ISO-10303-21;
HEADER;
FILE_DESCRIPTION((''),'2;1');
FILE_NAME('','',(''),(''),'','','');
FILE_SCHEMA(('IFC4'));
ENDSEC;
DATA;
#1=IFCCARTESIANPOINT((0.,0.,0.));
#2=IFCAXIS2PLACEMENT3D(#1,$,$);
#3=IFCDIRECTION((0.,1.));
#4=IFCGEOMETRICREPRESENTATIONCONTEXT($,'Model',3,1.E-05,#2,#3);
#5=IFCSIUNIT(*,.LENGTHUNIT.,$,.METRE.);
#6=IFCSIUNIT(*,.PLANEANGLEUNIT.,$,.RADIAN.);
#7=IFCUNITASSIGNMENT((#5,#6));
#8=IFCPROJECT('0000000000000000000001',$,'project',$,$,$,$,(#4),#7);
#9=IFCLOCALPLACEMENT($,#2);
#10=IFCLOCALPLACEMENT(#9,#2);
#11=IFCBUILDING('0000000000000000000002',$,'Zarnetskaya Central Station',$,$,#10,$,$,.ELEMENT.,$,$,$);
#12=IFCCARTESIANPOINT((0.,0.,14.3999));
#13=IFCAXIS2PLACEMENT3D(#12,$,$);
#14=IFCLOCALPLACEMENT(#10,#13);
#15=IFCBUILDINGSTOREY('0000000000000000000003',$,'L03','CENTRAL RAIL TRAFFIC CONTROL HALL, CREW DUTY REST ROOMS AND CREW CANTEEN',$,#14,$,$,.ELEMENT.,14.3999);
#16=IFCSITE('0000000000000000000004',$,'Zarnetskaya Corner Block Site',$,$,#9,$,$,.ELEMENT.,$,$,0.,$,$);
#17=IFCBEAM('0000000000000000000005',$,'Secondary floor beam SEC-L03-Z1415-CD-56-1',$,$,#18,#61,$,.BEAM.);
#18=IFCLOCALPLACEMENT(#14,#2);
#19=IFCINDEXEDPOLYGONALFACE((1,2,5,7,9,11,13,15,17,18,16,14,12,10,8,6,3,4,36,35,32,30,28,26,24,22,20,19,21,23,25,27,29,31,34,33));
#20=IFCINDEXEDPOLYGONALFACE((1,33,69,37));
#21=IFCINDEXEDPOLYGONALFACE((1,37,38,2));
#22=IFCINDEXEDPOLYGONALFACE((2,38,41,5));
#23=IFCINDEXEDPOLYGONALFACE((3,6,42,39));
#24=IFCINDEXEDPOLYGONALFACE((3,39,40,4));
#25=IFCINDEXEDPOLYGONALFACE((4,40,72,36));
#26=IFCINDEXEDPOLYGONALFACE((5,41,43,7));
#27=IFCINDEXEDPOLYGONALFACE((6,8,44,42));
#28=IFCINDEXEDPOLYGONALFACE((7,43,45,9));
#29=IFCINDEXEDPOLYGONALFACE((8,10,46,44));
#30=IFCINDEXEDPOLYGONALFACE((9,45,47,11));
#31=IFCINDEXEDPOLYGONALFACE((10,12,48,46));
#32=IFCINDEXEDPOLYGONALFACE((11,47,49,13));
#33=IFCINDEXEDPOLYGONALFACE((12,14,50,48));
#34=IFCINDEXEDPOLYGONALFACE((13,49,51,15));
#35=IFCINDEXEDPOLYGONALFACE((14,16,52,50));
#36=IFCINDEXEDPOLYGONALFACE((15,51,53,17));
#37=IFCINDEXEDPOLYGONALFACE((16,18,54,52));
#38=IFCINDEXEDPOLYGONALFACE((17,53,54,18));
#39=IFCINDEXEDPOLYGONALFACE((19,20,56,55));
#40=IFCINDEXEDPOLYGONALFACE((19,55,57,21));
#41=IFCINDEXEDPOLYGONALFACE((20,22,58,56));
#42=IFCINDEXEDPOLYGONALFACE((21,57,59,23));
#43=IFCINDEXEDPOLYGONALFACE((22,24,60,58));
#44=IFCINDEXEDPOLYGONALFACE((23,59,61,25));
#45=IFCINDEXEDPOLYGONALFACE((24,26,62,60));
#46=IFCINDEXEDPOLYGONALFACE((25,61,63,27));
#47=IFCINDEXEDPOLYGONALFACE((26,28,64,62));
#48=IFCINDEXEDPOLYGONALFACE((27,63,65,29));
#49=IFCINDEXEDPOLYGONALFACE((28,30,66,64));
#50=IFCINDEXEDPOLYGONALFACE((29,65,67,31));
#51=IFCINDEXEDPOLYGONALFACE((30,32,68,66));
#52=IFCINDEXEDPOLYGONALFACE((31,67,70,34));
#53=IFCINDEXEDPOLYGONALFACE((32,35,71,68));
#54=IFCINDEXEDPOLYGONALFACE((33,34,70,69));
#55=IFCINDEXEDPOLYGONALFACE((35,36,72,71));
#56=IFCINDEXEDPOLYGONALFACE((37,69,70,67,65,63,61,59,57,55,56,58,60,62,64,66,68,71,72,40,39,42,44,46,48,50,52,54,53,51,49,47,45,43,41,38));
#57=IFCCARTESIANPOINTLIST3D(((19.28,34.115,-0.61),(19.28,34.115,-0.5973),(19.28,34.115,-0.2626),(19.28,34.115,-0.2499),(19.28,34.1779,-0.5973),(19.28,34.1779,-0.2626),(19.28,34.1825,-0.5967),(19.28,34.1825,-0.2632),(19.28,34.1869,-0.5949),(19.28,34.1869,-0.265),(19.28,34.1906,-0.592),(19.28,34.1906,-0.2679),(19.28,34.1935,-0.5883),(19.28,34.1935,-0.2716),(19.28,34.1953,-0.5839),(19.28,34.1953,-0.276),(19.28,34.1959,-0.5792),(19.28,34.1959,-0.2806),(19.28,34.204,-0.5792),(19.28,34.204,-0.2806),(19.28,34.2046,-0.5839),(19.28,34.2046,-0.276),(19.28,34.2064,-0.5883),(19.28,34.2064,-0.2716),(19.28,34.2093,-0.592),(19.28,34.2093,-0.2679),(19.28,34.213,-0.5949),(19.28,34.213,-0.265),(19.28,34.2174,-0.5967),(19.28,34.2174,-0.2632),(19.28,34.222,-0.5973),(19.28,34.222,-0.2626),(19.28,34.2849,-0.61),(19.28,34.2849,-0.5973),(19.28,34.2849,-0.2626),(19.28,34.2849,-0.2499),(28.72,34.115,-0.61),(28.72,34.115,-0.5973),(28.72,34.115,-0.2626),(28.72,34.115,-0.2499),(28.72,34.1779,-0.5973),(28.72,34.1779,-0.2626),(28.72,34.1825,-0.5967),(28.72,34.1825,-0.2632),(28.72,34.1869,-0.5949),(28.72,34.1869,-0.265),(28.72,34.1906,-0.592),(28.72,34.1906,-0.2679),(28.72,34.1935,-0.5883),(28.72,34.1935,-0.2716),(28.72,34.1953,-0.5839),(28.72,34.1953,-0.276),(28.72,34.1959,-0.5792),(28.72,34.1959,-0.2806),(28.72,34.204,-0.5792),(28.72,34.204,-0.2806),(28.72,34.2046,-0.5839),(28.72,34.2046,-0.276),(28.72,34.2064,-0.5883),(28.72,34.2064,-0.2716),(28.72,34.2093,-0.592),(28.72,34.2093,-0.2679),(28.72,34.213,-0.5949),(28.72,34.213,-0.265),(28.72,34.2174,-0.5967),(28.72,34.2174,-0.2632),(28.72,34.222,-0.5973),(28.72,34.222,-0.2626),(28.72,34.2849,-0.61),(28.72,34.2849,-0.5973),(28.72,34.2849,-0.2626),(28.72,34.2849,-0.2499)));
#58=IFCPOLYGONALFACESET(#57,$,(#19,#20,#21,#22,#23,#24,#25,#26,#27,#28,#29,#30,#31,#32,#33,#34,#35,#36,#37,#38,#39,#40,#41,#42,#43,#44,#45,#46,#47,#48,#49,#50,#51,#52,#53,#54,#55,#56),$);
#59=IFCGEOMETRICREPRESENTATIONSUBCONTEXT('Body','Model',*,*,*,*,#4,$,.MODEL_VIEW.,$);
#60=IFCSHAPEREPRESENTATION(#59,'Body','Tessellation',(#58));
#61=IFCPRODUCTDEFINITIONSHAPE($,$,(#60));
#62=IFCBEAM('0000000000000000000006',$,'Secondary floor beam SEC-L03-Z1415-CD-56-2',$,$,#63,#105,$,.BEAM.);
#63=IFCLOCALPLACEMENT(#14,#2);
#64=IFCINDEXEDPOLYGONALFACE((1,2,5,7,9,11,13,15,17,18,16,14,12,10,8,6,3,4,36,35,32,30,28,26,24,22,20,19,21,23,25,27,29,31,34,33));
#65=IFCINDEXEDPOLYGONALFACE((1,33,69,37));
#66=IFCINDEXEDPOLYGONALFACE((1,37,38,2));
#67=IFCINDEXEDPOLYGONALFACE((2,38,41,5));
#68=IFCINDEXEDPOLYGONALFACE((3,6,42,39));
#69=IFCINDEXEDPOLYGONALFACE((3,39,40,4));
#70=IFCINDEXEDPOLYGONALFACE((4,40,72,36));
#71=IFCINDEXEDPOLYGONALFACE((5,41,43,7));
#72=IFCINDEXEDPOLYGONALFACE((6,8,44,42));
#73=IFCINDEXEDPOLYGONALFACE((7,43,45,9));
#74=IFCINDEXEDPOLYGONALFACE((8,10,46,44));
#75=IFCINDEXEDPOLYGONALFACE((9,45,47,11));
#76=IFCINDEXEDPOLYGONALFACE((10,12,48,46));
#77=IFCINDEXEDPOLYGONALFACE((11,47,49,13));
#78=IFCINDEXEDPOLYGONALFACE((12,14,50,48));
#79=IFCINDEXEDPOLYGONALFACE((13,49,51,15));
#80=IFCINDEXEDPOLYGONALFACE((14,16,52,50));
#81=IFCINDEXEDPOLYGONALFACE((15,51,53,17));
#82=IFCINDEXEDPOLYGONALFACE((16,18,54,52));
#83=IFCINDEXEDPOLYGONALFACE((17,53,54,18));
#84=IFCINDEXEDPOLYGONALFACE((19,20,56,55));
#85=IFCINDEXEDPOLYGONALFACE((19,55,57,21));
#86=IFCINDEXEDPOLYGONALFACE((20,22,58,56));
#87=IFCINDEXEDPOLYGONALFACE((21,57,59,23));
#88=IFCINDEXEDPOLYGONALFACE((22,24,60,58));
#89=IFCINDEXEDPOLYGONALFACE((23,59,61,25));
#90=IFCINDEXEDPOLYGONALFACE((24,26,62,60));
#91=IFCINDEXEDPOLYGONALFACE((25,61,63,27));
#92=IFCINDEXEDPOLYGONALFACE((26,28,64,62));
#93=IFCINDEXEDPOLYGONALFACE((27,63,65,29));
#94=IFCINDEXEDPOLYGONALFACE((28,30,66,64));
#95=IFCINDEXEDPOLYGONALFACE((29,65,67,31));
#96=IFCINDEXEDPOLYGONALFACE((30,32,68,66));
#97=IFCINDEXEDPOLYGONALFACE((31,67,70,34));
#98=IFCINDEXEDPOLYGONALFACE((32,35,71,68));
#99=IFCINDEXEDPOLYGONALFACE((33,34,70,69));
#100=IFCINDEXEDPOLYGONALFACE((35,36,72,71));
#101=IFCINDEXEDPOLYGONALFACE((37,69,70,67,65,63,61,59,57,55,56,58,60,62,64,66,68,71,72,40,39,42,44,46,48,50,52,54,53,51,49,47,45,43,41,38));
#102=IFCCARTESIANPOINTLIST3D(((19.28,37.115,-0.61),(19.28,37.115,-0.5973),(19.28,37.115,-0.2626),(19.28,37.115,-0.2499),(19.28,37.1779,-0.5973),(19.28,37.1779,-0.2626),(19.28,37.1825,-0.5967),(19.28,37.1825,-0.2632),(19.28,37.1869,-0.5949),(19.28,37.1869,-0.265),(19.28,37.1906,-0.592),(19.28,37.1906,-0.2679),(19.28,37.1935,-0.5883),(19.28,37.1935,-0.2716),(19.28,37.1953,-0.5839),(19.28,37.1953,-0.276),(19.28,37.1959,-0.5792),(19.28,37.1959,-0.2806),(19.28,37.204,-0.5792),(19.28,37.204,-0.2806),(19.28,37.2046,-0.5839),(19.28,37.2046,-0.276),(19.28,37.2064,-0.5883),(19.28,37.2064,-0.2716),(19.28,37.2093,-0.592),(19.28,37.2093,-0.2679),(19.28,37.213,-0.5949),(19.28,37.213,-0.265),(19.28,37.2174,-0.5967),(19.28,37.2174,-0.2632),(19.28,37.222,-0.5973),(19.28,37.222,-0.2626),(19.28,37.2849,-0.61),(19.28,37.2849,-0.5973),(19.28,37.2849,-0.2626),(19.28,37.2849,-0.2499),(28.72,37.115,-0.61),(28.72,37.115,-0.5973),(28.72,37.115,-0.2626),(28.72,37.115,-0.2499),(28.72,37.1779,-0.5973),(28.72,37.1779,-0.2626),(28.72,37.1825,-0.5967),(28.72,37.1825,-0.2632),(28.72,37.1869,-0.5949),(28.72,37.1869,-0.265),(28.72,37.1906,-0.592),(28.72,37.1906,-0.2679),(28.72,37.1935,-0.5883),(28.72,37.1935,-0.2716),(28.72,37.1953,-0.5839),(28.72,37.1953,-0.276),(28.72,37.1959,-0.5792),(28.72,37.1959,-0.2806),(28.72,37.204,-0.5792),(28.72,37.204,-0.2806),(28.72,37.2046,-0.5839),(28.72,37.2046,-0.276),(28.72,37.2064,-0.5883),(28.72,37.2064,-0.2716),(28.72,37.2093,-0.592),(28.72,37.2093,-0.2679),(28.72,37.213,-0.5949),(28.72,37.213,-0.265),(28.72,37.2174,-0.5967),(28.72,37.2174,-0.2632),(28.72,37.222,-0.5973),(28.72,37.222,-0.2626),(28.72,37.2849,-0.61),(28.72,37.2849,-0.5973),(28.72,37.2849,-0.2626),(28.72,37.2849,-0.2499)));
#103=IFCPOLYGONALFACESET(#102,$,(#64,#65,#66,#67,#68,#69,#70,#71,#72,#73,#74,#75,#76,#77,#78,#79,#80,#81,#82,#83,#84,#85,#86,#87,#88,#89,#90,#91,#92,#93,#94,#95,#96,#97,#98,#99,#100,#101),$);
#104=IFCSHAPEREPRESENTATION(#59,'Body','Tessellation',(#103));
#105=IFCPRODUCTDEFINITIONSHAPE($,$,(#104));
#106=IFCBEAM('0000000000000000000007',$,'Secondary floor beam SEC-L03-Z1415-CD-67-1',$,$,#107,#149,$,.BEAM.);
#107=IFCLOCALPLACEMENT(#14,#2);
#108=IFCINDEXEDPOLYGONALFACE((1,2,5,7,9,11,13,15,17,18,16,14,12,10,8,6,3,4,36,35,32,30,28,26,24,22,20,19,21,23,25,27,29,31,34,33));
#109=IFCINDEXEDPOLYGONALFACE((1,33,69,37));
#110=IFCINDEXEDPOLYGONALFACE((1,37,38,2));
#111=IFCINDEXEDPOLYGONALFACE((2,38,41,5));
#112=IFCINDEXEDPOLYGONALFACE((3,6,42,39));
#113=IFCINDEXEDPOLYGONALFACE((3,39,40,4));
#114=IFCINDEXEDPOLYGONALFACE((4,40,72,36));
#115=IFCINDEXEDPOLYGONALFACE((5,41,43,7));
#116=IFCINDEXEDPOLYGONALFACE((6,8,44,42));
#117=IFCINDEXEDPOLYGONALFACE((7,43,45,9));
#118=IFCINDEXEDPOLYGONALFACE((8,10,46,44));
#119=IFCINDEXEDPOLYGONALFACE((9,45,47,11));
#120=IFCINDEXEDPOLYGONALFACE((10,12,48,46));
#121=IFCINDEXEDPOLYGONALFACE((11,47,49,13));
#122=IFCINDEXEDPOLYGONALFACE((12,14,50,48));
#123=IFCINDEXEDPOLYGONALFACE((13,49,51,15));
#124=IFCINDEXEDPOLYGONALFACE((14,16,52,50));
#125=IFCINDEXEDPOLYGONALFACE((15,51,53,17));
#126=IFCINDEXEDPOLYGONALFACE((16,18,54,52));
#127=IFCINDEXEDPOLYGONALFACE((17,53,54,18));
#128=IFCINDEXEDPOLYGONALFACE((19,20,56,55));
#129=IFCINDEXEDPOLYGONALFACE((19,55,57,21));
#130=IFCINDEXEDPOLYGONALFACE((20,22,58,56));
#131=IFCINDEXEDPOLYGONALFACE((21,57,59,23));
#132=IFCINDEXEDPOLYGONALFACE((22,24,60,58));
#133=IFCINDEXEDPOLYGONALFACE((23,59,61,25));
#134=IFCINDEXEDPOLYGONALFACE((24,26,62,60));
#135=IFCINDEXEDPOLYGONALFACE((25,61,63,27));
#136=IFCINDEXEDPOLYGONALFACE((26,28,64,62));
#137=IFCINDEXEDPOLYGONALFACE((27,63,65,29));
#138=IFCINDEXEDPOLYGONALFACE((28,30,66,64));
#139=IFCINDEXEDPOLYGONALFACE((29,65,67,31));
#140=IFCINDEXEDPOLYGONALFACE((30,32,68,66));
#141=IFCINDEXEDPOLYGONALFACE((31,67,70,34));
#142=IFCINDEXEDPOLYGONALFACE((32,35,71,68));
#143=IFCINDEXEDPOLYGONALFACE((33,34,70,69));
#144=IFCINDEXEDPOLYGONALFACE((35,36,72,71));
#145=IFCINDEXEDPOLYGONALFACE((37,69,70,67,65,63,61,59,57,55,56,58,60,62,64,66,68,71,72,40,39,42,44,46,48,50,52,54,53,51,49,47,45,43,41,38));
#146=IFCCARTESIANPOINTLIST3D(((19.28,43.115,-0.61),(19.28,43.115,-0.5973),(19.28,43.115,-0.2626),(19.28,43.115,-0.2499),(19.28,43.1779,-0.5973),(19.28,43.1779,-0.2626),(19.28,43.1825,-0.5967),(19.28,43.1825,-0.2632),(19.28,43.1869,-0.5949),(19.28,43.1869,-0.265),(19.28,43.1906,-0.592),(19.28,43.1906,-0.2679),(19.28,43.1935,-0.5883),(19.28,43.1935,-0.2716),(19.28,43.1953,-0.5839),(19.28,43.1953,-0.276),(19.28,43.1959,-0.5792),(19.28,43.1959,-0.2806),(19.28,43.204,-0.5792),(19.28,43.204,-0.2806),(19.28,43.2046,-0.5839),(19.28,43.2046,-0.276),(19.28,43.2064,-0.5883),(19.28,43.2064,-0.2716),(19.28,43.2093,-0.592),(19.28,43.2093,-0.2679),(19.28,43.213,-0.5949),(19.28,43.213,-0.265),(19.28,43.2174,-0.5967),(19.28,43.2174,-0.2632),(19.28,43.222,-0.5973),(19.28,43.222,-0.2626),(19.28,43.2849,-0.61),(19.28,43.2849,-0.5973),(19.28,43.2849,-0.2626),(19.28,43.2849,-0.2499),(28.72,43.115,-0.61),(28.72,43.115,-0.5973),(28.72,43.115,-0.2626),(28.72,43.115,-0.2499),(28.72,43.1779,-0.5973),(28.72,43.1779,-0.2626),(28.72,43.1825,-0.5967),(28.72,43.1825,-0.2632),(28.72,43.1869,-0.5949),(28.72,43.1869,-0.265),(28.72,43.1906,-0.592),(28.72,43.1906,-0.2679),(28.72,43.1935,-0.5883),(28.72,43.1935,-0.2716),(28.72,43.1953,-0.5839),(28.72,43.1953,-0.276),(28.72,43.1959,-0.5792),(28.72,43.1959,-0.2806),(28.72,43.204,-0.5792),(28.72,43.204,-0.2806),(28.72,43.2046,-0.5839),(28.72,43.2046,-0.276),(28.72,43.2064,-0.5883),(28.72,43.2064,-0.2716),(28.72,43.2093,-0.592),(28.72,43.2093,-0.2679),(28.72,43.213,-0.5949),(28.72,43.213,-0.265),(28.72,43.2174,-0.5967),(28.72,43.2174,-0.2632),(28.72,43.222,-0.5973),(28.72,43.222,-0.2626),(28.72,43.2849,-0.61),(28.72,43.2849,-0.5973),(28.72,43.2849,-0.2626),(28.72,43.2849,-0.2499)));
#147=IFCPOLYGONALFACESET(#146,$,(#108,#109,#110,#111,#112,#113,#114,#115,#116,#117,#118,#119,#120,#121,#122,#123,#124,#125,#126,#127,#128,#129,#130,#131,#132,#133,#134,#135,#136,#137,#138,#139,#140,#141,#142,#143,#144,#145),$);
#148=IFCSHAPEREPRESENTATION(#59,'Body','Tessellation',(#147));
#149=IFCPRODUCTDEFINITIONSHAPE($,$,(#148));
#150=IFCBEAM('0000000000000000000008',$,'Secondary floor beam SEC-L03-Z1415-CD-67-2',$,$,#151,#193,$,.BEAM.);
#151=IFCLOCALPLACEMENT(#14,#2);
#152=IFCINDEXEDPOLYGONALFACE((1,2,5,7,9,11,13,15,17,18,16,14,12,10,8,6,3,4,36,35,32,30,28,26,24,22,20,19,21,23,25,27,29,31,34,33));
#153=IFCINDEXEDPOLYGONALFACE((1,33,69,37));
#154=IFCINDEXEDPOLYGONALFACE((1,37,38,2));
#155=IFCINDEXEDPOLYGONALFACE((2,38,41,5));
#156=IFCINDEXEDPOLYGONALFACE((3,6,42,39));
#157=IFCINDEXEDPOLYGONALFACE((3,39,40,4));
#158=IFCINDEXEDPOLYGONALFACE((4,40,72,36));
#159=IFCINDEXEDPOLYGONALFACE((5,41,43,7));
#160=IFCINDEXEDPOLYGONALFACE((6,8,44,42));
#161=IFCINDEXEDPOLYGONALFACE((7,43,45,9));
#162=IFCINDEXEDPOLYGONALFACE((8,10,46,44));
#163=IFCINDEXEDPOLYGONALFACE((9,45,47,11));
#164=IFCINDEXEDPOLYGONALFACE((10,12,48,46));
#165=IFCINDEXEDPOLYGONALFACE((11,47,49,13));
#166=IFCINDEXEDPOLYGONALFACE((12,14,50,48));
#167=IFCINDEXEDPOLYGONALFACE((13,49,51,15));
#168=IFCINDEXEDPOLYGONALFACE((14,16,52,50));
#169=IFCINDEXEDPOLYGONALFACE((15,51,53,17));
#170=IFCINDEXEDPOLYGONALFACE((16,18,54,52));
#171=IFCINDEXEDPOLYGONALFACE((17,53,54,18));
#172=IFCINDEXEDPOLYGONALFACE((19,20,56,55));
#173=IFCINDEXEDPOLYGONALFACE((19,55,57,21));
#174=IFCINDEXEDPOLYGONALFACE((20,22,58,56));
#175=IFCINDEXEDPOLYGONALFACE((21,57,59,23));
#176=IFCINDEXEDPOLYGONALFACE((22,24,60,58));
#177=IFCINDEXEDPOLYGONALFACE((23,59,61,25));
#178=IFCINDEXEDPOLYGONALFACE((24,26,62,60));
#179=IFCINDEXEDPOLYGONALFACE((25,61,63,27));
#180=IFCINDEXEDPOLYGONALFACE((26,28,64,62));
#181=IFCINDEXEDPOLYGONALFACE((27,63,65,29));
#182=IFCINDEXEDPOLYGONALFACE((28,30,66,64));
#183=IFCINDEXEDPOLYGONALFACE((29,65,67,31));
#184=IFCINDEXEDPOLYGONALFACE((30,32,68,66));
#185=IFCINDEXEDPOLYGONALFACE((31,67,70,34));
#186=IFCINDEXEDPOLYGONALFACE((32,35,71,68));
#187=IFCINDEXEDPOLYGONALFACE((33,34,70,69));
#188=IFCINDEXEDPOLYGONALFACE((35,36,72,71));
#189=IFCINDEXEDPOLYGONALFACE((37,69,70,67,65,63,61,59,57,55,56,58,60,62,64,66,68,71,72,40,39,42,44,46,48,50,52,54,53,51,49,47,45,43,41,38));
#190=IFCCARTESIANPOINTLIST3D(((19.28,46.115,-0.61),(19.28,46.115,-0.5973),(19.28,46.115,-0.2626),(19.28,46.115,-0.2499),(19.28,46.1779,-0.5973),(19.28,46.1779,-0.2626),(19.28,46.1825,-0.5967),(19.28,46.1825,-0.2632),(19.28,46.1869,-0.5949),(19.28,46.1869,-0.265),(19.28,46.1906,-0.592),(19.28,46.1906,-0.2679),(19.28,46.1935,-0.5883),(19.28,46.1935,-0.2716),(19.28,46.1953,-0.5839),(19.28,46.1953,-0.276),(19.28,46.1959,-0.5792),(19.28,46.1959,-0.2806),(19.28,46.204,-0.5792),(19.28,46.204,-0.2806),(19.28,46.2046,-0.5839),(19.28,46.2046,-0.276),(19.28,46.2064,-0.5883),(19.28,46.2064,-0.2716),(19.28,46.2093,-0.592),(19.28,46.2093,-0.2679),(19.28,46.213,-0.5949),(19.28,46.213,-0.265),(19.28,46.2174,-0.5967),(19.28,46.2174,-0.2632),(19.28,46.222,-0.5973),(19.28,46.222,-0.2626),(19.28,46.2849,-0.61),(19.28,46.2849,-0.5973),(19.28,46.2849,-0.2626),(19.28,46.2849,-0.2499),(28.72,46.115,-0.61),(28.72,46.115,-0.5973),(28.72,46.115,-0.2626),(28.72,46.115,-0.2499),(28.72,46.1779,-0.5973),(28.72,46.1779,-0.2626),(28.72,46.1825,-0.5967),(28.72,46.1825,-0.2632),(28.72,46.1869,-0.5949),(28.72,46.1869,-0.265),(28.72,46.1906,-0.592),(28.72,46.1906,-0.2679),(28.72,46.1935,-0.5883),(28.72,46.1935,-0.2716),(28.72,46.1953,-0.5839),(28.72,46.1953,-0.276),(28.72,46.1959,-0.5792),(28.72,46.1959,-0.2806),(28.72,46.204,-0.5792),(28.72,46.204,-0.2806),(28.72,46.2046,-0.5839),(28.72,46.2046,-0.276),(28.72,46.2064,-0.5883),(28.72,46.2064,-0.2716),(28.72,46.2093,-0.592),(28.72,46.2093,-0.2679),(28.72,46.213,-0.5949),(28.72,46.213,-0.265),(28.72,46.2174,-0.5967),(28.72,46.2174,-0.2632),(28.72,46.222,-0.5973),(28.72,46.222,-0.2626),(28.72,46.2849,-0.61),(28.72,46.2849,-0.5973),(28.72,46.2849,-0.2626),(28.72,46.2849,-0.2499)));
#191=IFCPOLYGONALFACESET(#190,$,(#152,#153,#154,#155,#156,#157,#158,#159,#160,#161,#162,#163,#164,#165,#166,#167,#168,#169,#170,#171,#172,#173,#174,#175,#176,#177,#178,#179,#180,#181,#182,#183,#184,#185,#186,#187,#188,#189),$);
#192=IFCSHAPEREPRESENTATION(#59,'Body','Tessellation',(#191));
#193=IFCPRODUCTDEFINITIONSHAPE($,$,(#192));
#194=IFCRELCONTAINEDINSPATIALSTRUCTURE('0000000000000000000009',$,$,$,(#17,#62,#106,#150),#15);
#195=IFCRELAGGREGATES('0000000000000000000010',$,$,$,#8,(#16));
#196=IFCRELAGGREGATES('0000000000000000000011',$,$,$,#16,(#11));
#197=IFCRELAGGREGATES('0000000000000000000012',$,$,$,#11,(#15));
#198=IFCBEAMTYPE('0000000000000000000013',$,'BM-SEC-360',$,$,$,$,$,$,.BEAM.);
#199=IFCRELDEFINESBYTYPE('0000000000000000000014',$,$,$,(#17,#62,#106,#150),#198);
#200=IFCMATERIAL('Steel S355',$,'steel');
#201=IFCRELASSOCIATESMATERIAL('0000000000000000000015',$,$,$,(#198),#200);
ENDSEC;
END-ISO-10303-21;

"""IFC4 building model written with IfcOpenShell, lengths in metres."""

from ifc_helpers import new_model, si_unit, direction, frame, origin, origin_2d, place, context, subcontext, project, spatial, i_section, extrude, material, material_profile, profile_set, type_object, element, save


model = new_model("IFC4")

# Units and contexts
model_context = context("Model", 3, precision=1e-05, world=origin(), true_north=direction((0.0, 1.0)))
body_context = subcontext(model_context, "Body", "Model", "MODEL_VIEW")
ifc_project = project(units=[si_unit("LENGTHUNIT", "METRE"), si_unit("PLANEANGLEUNIT", "RADIAN")], contexts=[model_context])

# Site, building, storey
site_placement = place(None, origin())
site = spatial("IfcSite", under=ifc_project, at=site_placement, Name="Zarnetskaya Corner Block Site", CompositionType="ELEMENT", RefElevation=0.0)
building_placement = place(site_placement, origin())
building = spatial("IfcBuilding", under=site, at=building_placement, Name="Zarnetskaya Central Station", CompositionType="ELEMENT")
storey_placement = place(building_placement, frame((0.0, 0.0, 14.3999)))
storey = spatial("IfcBuildingStorey", under=building, at=storey_placement, Name="L03", Description="CENTRAL RAIL TRAFFIC CONTROL HALL, CREW DUTY REST ROOMS AND CREW CANTEEN", CompositionType="ELEMENT", Elevation=14.3999)

# Shared definitions
ifc_material_1 = material(Name="Steel S355", Category="steel")

# Beams
ifc_material_profile_1 = material_profile(ifc_material_1, i_section(OverallWidth=0.1699, OverallDepth=0.3601, WebThickness=0.0081, FlangeThickness=0.0127, FilletRadius=0.0181, at=origin_2d()), Name="IPE 360")
ifc_profile_set_1 = profile_set([ifc_material_profile_1], Name="Steel S355")
beam_type_1 = type_object("IfcBeamType", Name="BM-SEC-360", PredefinedType="BEAM", material=ifc_profile_set_1)
for number, where, z_axis, x_axis, name in (
    (1, (19.28, 34.2, -0.4299), (1.0, 0.0, 0.0), (0.0, 1.0, 0.0), "Secondary floor beam SEC-L03-Z1415-CD-56-1"),
    (2, (19.28, 37.2, -0.4299), (1.0, 0.0, 0.0), (0.0, 1.0, 0.0), "Secondary floor beam SEC-L03-Z1415-CD-56-2"),
    (3, (19.28, 43.2, -0.4299), (1.0, 0.0, 0.0), (0.0, 1.0, 0.0), "Secondary floor beam SEC-L03-Z1415-CD-67-1"),
    (4, (19.28, 46.2, -0.4299), (1.0, 0.0, 0.0), (0.0, 1.0, 0.0), "Secondary floor beam SEC-L03-Z1415-CD-67-2"),
):
    element("IfcBeam", number, at=place(storey_placement, frame(where, z_axis=z_axis, x_axis=x_axis)), inside=storey, type_object=beam_type_1, Name=name, PredefinedType="BEAM", context=body_context, shape_type="SweptSolid", body=[
        extrude(i_section(OverallWidth=0.1699, OverallDepth=0.3601, WebThickness=0.0081, FlangeThickness=0.0127, FilletRadius=0.0181, at=origin_2d()), origin(), (0.0, 0.0, 1.0), 9.4399),
    ])

save(model, "model.ifc")
